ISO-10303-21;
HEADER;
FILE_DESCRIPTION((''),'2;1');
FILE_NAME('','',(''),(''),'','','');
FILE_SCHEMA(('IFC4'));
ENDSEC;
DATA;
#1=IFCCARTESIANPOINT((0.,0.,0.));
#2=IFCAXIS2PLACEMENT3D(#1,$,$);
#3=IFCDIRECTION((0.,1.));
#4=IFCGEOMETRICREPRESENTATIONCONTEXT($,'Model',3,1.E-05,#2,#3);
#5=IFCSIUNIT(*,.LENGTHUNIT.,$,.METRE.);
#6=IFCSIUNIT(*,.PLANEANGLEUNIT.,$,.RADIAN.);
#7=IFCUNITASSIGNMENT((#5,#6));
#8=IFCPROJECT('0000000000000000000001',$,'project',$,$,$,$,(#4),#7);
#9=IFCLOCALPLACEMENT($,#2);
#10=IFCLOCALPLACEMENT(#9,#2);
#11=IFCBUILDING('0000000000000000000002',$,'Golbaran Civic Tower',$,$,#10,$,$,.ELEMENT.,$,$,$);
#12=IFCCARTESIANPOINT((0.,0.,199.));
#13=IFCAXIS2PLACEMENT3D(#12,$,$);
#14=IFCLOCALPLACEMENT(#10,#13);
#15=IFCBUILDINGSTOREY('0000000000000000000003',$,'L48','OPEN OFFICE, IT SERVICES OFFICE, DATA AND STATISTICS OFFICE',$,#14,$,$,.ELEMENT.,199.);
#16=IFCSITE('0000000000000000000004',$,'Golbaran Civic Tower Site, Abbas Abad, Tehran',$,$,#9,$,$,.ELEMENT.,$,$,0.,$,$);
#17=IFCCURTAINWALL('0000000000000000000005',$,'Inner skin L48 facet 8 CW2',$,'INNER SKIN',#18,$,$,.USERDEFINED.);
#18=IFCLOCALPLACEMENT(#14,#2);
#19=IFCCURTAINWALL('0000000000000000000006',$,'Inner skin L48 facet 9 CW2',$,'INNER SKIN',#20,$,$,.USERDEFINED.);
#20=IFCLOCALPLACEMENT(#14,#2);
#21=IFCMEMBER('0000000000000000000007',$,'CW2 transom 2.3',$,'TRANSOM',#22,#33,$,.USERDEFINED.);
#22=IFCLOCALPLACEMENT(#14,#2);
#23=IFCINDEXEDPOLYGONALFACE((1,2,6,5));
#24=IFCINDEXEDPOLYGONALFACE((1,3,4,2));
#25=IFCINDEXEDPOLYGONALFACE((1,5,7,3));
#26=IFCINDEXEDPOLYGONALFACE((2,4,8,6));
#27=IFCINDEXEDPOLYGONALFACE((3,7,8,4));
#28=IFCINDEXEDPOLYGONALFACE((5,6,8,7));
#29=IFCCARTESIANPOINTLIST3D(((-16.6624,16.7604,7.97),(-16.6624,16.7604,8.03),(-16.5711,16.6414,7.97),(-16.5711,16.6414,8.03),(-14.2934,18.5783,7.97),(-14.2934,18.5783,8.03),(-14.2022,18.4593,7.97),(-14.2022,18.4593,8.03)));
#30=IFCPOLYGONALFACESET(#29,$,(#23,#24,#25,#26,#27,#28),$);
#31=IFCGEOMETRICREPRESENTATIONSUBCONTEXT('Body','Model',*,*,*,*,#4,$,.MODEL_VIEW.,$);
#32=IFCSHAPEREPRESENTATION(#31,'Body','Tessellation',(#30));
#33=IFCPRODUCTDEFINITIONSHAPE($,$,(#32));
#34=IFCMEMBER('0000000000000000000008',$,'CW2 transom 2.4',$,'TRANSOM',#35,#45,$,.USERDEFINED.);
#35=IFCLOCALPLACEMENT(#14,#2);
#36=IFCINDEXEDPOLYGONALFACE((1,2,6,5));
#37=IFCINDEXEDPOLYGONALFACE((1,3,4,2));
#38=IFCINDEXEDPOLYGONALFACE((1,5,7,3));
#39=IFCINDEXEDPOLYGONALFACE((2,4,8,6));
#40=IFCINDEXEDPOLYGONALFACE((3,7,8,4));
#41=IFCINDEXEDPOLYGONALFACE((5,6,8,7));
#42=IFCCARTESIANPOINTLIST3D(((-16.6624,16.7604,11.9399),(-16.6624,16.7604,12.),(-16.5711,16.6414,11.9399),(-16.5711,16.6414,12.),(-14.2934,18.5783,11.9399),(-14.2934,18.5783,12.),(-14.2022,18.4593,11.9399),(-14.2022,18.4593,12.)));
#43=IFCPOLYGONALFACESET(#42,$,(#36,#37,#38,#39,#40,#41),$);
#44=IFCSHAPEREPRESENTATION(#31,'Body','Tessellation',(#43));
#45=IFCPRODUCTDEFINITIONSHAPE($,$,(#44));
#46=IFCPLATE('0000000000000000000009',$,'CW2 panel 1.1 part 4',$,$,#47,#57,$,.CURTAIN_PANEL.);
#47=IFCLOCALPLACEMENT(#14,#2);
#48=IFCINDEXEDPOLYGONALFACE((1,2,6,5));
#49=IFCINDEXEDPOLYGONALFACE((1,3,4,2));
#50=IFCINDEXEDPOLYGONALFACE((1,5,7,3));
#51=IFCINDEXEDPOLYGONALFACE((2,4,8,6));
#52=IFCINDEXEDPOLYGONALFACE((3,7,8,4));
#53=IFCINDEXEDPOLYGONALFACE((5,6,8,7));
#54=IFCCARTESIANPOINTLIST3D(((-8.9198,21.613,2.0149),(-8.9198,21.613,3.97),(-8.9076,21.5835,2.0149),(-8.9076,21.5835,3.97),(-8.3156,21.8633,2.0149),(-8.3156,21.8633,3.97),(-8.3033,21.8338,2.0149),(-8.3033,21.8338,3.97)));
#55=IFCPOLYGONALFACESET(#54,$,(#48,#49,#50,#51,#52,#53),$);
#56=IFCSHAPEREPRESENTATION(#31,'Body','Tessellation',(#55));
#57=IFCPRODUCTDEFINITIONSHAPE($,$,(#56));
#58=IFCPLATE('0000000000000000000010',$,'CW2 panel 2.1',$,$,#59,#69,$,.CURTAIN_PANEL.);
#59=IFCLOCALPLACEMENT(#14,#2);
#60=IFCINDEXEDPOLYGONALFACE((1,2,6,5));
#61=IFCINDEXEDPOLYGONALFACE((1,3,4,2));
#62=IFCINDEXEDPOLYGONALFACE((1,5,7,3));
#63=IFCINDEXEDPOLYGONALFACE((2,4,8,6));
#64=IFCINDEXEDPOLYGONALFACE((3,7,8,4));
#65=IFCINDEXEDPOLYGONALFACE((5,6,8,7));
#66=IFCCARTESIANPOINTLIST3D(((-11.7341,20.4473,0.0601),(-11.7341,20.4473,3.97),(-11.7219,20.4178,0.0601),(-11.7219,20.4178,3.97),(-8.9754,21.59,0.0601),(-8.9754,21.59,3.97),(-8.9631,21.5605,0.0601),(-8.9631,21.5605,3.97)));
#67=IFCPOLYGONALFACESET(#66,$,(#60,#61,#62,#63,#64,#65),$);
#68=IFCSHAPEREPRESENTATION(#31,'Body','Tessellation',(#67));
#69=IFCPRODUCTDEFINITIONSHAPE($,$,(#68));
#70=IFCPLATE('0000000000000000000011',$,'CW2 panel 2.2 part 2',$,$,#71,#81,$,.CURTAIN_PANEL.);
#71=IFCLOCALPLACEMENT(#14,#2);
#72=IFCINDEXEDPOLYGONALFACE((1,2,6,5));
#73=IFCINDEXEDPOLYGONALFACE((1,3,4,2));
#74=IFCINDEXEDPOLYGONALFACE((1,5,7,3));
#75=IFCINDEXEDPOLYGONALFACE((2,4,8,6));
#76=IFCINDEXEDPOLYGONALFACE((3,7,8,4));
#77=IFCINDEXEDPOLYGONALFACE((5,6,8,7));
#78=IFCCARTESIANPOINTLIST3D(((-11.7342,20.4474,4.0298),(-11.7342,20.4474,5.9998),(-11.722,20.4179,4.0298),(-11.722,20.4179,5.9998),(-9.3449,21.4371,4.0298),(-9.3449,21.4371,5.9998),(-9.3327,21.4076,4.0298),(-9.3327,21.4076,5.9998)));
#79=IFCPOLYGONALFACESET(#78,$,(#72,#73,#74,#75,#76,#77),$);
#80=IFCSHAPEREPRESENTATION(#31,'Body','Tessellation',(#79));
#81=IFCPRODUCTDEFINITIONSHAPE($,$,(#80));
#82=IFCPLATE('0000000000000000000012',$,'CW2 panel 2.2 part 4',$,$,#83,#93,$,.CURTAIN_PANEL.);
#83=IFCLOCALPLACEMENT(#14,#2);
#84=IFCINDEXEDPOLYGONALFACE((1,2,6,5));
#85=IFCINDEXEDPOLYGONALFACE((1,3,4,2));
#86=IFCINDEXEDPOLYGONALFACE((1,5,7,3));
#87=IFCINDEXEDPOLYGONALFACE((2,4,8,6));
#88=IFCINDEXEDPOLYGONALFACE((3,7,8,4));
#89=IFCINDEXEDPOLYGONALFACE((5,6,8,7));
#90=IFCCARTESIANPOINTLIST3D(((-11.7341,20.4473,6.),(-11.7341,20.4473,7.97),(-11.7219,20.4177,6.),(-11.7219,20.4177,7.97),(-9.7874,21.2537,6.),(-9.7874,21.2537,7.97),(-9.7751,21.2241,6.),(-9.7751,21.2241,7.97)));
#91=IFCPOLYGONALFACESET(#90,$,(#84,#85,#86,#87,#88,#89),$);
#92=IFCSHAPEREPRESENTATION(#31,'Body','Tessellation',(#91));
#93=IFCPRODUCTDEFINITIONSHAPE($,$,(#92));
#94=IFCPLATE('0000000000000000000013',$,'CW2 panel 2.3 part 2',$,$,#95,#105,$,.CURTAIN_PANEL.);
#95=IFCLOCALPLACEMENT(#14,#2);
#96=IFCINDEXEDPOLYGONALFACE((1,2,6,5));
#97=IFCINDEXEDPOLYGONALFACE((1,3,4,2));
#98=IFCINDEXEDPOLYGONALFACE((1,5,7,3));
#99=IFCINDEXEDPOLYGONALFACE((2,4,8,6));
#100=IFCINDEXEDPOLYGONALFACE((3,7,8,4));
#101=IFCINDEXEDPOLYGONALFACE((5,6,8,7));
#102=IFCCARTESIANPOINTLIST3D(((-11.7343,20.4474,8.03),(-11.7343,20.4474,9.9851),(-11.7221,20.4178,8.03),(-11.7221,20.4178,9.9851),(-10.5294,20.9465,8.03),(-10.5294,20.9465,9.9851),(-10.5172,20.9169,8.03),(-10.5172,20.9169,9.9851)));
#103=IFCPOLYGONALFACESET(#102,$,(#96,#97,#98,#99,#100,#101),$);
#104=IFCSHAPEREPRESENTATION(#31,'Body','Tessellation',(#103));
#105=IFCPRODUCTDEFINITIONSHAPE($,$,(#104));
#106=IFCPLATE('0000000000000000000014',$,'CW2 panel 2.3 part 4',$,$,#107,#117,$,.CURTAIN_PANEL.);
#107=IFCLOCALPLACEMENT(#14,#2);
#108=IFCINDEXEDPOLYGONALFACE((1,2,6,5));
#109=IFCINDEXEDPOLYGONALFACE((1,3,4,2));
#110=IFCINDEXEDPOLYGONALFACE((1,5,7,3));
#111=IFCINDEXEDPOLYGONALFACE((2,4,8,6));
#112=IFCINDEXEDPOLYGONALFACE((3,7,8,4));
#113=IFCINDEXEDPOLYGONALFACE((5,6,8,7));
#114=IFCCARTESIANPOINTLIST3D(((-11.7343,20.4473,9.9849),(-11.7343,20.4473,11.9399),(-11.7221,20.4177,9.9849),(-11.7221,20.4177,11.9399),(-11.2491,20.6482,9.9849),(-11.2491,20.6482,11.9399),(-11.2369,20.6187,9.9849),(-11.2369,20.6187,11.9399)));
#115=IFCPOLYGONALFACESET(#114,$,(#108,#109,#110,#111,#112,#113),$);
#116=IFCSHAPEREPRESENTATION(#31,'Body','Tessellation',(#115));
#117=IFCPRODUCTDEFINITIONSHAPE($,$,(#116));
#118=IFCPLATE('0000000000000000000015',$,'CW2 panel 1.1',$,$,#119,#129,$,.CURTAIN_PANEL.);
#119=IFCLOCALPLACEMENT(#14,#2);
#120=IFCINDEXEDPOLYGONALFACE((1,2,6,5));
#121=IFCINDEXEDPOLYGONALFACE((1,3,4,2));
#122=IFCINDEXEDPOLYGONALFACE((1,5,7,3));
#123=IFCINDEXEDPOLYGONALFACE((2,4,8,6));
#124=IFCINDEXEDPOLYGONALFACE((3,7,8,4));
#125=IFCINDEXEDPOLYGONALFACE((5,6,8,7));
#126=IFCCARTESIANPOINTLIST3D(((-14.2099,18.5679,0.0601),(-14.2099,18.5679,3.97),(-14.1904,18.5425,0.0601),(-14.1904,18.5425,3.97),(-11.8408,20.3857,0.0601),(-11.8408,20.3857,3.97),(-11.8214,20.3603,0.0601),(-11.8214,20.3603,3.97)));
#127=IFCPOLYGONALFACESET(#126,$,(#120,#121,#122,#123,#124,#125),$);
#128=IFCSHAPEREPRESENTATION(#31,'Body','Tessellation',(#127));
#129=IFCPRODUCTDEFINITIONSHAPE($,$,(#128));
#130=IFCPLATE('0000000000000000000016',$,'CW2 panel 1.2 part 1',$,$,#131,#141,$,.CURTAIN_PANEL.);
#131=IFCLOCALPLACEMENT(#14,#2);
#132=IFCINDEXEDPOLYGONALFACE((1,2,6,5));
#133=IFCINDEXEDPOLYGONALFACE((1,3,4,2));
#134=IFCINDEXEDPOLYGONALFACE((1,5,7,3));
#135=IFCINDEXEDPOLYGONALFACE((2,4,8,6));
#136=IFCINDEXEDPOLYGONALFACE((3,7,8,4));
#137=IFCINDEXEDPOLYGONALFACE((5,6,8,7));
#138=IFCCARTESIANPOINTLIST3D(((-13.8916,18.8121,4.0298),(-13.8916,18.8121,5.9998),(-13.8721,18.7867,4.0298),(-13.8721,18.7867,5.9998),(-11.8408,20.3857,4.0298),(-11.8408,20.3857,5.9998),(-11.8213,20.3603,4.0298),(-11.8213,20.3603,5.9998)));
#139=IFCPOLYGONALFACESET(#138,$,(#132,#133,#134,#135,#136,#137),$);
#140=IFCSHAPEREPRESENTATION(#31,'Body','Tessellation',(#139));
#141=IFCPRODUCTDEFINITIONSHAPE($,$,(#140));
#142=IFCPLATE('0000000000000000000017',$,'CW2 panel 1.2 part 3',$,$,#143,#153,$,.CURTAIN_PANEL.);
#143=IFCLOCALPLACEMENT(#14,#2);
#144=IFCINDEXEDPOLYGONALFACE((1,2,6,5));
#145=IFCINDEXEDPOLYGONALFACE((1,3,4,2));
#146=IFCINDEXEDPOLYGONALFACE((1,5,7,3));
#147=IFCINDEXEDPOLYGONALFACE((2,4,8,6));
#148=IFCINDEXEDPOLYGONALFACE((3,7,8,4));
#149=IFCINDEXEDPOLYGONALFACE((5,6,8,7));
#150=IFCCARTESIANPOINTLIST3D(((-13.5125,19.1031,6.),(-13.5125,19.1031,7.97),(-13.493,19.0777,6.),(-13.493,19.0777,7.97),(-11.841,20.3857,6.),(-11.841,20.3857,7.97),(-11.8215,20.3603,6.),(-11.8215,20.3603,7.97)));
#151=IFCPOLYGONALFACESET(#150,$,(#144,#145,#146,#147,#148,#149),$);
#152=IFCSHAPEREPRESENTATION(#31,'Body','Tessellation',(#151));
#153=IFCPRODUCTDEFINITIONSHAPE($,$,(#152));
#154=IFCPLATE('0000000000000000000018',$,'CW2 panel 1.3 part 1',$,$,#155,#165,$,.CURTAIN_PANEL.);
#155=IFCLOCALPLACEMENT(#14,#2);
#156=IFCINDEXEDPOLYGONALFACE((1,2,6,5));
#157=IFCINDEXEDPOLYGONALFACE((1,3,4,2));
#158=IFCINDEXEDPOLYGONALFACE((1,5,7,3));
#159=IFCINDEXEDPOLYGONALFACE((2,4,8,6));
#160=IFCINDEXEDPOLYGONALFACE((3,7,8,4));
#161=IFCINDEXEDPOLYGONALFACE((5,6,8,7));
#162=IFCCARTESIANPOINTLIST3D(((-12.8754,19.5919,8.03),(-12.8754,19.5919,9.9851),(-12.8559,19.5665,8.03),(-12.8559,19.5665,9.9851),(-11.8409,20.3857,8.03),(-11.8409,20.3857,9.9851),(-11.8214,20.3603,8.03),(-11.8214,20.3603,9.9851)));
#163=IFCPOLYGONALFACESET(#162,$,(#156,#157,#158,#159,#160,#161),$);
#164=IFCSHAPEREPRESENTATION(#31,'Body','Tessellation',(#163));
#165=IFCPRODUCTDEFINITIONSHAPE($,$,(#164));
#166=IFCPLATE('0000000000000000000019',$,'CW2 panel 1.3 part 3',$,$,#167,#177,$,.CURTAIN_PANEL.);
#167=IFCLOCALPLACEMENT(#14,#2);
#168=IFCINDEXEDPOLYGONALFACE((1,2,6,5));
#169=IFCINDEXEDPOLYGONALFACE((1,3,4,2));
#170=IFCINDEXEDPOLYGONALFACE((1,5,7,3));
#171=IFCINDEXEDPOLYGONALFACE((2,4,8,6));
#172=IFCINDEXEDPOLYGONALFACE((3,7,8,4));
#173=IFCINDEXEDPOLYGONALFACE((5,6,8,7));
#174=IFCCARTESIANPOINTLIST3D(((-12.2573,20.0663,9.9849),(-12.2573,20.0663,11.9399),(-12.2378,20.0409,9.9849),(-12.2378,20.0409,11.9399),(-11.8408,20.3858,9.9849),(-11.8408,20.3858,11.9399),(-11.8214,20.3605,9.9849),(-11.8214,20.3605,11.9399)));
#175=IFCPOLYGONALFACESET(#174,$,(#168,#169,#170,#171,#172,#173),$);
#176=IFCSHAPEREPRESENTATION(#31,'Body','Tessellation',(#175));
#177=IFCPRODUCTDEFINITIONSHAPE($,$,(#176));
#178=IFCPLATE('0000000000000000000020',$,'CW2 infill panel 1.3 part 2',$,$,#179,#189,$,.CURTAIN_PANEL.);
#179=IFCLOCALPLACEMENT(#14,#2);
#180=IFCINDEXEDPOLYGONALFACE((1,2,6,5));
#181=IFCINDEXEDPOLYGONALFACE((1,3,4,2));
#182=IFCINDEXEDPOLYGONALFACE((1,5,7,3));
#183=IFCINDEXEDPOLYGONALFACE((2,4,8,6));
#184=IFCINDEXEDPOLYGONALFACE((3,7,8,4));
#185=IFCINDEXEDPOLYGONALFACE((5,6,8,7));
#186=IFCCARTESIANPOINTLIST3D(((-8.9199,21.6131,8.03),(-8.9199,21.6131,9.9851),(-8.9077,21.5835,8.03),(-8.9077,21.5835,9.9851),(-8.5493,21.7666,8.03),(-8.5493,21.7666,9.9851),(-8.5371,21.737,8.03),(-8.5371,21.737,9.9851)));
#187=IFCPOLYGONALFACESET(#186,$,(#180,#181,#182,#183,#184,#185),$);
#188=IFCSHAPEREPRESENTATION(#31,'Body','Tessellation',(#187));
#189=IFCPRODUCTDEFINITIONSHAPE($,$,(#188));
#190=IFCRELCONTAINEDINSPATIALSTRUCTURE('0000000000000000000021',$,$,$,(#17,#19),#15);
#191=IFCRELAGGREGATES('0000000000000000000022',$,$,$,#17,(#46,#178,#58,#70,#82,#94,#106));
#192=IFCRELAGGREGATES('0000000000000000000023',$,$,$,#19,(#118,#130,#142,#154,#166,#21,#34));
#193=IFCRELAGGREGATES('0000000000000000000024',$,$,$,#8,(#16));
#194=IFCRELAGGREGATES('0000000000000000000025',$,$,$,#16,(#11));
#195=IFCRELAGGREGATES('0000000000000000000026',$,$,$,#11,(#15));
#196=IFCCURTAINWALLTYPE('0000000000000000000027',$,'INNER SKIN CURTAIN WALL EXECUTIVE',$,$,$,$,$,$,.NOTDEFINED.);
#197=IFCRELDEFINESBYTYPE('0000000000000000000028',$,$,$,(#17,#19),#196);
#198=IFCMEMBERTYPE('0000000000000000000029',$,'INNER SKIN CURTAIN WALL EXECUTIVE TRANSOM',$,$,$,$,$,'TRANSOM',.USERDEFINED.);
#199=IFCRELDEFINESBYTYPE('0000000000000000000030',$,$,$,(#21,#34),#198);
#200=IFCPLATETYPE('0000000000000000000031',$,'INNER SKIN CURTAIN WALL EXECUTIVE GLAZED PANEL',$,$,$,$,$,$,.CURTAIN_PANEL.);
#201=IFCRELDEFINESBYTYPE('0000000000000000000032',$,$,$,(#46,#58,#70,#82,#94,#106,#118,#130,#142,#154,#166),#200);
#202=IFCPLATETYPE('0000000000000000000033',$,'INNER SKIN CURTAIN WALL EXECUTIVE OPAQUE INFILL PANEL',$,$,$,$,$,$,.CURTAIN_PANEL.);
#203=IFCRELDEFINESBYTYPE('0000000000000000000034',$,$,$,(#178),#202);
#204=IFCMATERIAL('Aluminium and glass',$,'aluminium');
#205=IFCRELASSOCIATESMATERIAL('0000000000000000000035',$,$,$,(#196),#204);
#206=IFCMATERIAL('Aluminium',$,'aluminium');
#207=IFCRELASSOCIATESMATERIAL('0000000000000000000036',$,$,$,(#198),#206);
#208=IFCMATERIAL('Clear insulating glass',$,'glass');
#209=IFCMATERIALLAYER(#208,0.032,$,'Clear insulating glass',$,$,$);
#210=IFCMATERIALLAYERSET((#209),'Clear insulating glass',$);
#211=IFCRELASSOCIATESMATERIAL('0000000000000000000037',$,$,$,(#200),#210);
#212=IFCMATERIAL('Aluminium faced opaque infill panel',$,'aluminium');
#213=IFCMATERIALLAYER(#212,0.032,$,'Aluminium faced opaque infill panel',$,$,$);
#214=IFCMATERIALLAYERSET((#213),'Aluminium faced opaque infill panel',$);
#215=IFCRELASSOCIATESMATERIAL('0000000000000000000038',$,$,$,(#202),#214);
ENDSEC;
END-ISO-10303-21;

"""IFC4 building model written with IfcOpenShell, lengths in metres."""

from ifc_helpers import new_model, si_unit, direction, frame, origin, origin_2d, place, context, subcontext, project, spatial, rectangle, extrude, material, layer, layer_set, material_profile, profile_set, type_object, element, aggregate, save


model = new_model("IFC4")

# Units and contexts
model_context = context("Model", 3, precision=1e-05, world=origin(), true_north=direction((0.0, 1.0)))
body_context = subcontext(model_context, "Body", "Model", "MODEL_VIEW")
ifc_project = project(units=[si_unit("LENGTHUNIT", "METRE"), si_unit("PLANEANGLEUNIT", "RADIAN")], contexts=[model_context])

# Site, building, storey
site_placement = place(None, origin())
site = spatial("IfcSite", under=ifc_project, at=site_placement, Name="Golbaran Civic Tower Site, Abbas Abad, Tehran", CompositionType="ELEMENT", RefElevation=0.0)
building_placement = place(site_placement, origin())
building = spatial("IfcBuilding", under=site, at=building_placement, Name="Golbaran Civic Tower", CompositionType="ELEMENT")
storey_placement = place(building_placement, frame((0.0, 0.0, 199.0)))
storey = spatial("IfcBuildingStorey", under=building, at=storey_placement, Name="L48", Description="OPEN OFFICE, IT SERVICES OFFICE, DATA AND STATISTICS OFFICE", CompositionType="ELEMENT", Elevation=199.0)

# Curtain walls
ifc_material_1 = material(Name="Aluminium and glass", Category="aluminium")
curtain_wall_type_1 = type_object("IfcCurtainWallType", Name="INNER SKIN CURTAIN WALL EXECUTIVE", PredefinedType="NOTDEFINED", material=ifc_material_1)
curtain_wall_1_placement = place(storey_placement, origin())
curtain_wall_1 = element("IfcCurtainWall", 1, at=curtain_wall_1_placement, inside=storey, type_object=curtain_wall_type_1, Name="Inner skin L48 facet 8 CW2", ObjectType="INNER SKIN", PredefinedType="USERDEFINED")
ifc_material_2 = material(Name="Aluminium", Category="aluminium")
curtain_wall_2_placement = place(storey_placement, origin())
curtain_wall_2 = element("IfcCurtainWall", 2, at=curtain_wall_2_placement, inside=storey, type_object=curtain_wall_type_1, Name="Inner skin L48 facet 9 CW2", ObjectType="INNER SKIN", PredefinedType="USERDEFINED")

# Members
ifc_material_profile_1 = material_profile(ifc_material_2, rectangle(XDim=0.1499, YDim=0.0601, at=origin_2d()), Name="INNER SKIN CURTAIN WALL EXECUTIVE TRANSOM")
ifc_profile_set_1 = profile_set([ifc_material_profile_1], Name="Aluminium")
member_type_1 = type_object("IfcMemberType", Name="INNER SKIN CURTAIN WALL EXECUTIVE TRANSOM", ElementType="TRANSOM", PredefinedType="USERDEFINED", material=ifc_profile_set_1)
member_1_placement = place(storey_placement, frame((-14.2478, 18.5188, 8.0), z_axis=(-0.793329, -0.608794, 0.0), x_axis=(0.608794, -0.793329, 0.0)))
member_1 = element("IfcMember", 3, at=member_1_placement, type_object=member_type_1, Name="CW2 transom 2.3", ObjectType="TRANSOM", PredefinedType="USERDEFINED", context=body_context, shape_type="SweptSolid", body=[
    extrude(rectangle(XDim=0.1499, YDim=0.0601, at=origin_2d()), origin(), (0.0, 0.0, 1.0), 2.9861),
])
member_2_placement = place(storey_placement, frame((-14.2478, 18.5188, 11.97), z_axis=(-0.793329, -0.608794, 0.0), x_axis=(0.608794, -0.793329, 0.0)))
member_2 = element("IfcMember", 4, at=member_2_placement, type_object=member_type_1, Name="CW2 transom 2.4", ObjectType="TRANSOM", PredefinedType="USERDEFINED", context=body_context, shape_type="SweptSolid", body=[
    extrude(rectangle(XDim=0.1499, YDim=0.0601, at=origin_2d()), origin(), (0.0, 0.0, 1.0), 2.9861),
])

# Plates
ifc_material_3 = material(Name="Clear insulating glass", Category="glass")
ifc_layer_1 = layer(ifc_material_3, 0.032, Name="Clear insulating glass")
ifc_layer_set_1 = layer_set([ifc_layer_1], Name="Clear insulating glass")
plate_type_1 = type_object("IfcPlateType", Name="INNER SKIN CURTAIN WALL EXECUTIVE GLAZED PANEL", PredefinedType="CURTAIN_PANEL", material=ifc_layer_set_1)
plate_1_placement = place(storey_placement, frame((-8.6116, 21.7234, 2.0149), z_axis=(0.0, 0.0, 1.0), x_axis=(-0.92388, -0.382683, 0.0)))
plate_1 = element("IfcPlate", 5, at=plate_1_placement, type_object=plate_type_1, Name="CW2 panel 1.1 part 4", PredefinedType="CURTAIN_PANEL", context=body_context, shape_type="SweptSolid", body=[
    extrude(rectangle(XDim=0.6541, YDim=0.032, at=origin_2d()), origin(), (0.0, 0.0, 1.0), 1.9551),
])
plate_2_placement = place(storey_placement, frame((-10.3486, 21.0039, 0.0601), z_axis=(0.0, 0.0, 1.0), x_axis=(-0.92388, -0.382683, 0.0)))
plate_2 = element("IfcPlate", 6, at=plate_2_placement, type_object=plate_type_1, Name="CW2 panel 2.1", PredefinedType="CURTAIN_PANEL", context=body_context, shape_type="SweptSolid", body=[
    extrude(rectangle(XDim=2.9861, YDim=0.032, at=origin_2d()), origin(), (0.0, 0.0, 1.0), 3.9099),
])
plate_3_placement = place(storey_placement, frame((-10.5334, 20.9275, 4.0298), z_axis=(0.0, 0.0, 1.0), x_axis=(-0.92388, -0.382683, 0.0)))
plate_3 = element("IfcPlate", 7, at=plate_3_placement, type_object=plate_type_1, Name="CW2 panel 2.2 part 2", PredefinedType="CURTAIN_PANEL", context=body_context, shape_type="SweptSolid", body=[
    extrude(rectangle(XDim=2.5862, YDim=0.032, at=origin_2d()), origin(), (0.0, 0.0, 1.0), 1.97),
])
plate_4_placement = place(storey_placement, frame((-10.7546, 20.8357, 6.0), z_axis=(0.0, 0.0, 1.0), x_axis=(-0.92388, -0.382683, 0.0)))
plate_4 = element("IfcPlate", 8, at=plate_4_placement, type_object=plate_type_1, Name="CW2 panel 2.2 part 4", PredefinedType="CURTAIN_PANEL", context=body_context, shape_type="SweptSolid", body=[
    extrude(rectangle(XDim=2.1072, YDim=0.032, at=origin_2d()), origin(), (0.0, 0.0, 1.0), 1.97),
])
plate_5_placement = place(storey_placement, frame((-11.1257, 20.6821, 8.03), z_axis=(0.0, 0.0, 1.0), x_axis=(-0.92388, -0.382683, 0.0)))
plate_5 = element("IfcPlate", 9, at=plate_5_placement, type_object=plate_type_1, Name="CW2 panel 2.3 part 2", PredefinedType="CURTAIN_PANEL", context=body_context, shape_type="SweptSolid", body=[
    extrude(rectangle(XDim=1.3042, YDim=0.032, at=origin_2d()), origin(), (0.0, 0.0, 1.0), 1.9551),
])
plate_6_placement = place(storey_placement, frame((-11.4856, 20.533, 9.9849), z_axis=(0.0, 0.0, 1.0), x_axis=(-0.92388, -0.382683, 0.0)))
plate_6 = element("IfcPlate", 10, at=plate_6_placement, type_object=plate_type_1, Name="CW2 panel 2.3 part 4", PredefinedType="CURTAIN_PANEL", context=body_context, shape_type="SweptSolid", body=[
    extrude(rectangle(XDim=0.5251, YDim=0.032, at=origin_2d()), origin(), (0.0, 0.0, 1.0), 1.9551),
])
plate_7_placement = place(storey_placement, frame((-13.0156, 19.4641, 0.0601), z_axis=(0.0, 0.0, 1.0), x_axis=(-0.793353, -0.608761, 0.0)))
plate_7 = element("IfcPlate", 11, at=plate_7_placement, type_object=plate_type_1, Name="CW2 panel 1.1", PredefinedType="CURTAIN_PANEL", context=body_context, shape_type="SweptSolid", body=[
    extrude(rectangle(XDim=2.9861, YDim=0.032, at=origin_2d()), origin(), (0.0, 0.0, 1.0), 3.9099),
])
plate_8_placement = place(storey_placement, frame((-12.8564, 19.5862, 4.0298), z_axis=(0.0, 0.0, 1.0), x_axis=(-0.793353, -0.608761, 0.0)))
plate_8 = element("IfcPlate", 12, at=plate_8_placement, type_object=plate_type_1, Name="CW2 panel 1.2 part 1", PredefinedType="CURTAIN_PANEL", context=body_context, shape_type="SweptSolid", body=[
    extrude(rectangle(XDim=2.585, YDim=0.032, at=origin_2d()), origin(), (0.0, 0.0, 1.0), 1.97),
])
plate_9_placement = place(storey_placement, frame((-12.667, 19.7317, 6.0), z_axis=(0.0, 0.0, 1.0), x_axis=(-0.793353, -0.608761, 0.0)))
plate_9 = element("IfcPlate", 13, at=plate_9_placement, type_object=plate_type_1, Name="CW2 panel 1.2 part 3", PredefinedType="CURTAIN_PANEL", context=body_context, shape_type="SweptSolid", body=[
    extrude(rectangle(XDim=2.1069, YDim=0.032, at=origin_2d()), origin(), (0.0, 0.0, 1.0), 1.97),
])
plate_10_placement = place(storey_placement, frame((-12.3484, 19.9761, 8.03), z_axis=(0.0, 0.0, 1.0), x_axis=(-0.793353, -0.608761, 0.0)))
plate_10 = element("IfcPlate", 14, at=plate_10_placement, type_object=plate_type_1, Name="CW2 panel 1.3 part 1", PredefinedType="CURTAIN_PANEL", context=body_context, shape_type="SweptSolid", body=[
    extrude(rectangle(XDim=1.304, YDim=0.032, at=origin_2d()), origin(), (0.0, 0.0, 1.0), 1.9551),
])
plate_11_placement = place(storey_placement, frame((-12.0393, 20.2134, 9.9849), z_axis=(0.0, 0.0, 1.0), x_axis=(-0.793353, -0.608761, 0.0)))
plate_11 = element("IfcPlate", 15, at=plate_11_placement, type_object=plate_type_1, Name="CW2 panel 1.3 part 3", PredefinedType="CURTAIN_PANEL", context=body_context, shape_type="SweptSolid", body=[
    extrude(rectangle(XDim=0.5249, YDim=0.032, at=origin_2d()), origin(), (0.0, 0.0, 1.0), 1.9551),
])
ifc_material_4 = material(Name="Aluminium faced opaque infill panel", Category="aluminium")
ifc_layer_2 = layer(ifc_material_4, 0.032, Name="Aluminium faced opaque infill panel")
ifc_layer_set_2 = layer_set([ifc_layer_2], Name="Aluminium faced opaque infill panel")
plate_type_2 = type_object("IfcPlateType", Name="INNER SKIN CURTAIN WALL EXECUTIVE OPAQUE INFILL PANEL", PredefinedType="CURTAIN_PANEL", material=ifc_layer_set_2)
plate_12_placement = place(storey_placement, frame((-8.7285, 21.675, 8.03), z_axis=(0.0, 0.0, 1.0), x_axis=(-0.92388, -0.382683, 0.0)))
plate_12 = element("IfcPlate", 16, at=plate_12_placement, type_object=plate_type_2, Name="CW2 infill panel 1.3 part 2", PredefinedType="CURTAIN_PANEL", context=body_context, shape_type="SweptSolid", body=[
    extrude(rectangle(XDim=0.4011, YDim=0.032, at=origin_2d()), origin(), (0.0, 0.0, 1.0), 1.9551),
])
aggregate(curtain_wall_1, [plate_1, plate_12, plate_2, plate_3, plate_4, plate_5, plate_6])
aggregate(curtain_wall_2, [plate_7, plate_8, plate_9, plate_10, plate_11, member_1, member_2])

save(model, "model.ifc")
